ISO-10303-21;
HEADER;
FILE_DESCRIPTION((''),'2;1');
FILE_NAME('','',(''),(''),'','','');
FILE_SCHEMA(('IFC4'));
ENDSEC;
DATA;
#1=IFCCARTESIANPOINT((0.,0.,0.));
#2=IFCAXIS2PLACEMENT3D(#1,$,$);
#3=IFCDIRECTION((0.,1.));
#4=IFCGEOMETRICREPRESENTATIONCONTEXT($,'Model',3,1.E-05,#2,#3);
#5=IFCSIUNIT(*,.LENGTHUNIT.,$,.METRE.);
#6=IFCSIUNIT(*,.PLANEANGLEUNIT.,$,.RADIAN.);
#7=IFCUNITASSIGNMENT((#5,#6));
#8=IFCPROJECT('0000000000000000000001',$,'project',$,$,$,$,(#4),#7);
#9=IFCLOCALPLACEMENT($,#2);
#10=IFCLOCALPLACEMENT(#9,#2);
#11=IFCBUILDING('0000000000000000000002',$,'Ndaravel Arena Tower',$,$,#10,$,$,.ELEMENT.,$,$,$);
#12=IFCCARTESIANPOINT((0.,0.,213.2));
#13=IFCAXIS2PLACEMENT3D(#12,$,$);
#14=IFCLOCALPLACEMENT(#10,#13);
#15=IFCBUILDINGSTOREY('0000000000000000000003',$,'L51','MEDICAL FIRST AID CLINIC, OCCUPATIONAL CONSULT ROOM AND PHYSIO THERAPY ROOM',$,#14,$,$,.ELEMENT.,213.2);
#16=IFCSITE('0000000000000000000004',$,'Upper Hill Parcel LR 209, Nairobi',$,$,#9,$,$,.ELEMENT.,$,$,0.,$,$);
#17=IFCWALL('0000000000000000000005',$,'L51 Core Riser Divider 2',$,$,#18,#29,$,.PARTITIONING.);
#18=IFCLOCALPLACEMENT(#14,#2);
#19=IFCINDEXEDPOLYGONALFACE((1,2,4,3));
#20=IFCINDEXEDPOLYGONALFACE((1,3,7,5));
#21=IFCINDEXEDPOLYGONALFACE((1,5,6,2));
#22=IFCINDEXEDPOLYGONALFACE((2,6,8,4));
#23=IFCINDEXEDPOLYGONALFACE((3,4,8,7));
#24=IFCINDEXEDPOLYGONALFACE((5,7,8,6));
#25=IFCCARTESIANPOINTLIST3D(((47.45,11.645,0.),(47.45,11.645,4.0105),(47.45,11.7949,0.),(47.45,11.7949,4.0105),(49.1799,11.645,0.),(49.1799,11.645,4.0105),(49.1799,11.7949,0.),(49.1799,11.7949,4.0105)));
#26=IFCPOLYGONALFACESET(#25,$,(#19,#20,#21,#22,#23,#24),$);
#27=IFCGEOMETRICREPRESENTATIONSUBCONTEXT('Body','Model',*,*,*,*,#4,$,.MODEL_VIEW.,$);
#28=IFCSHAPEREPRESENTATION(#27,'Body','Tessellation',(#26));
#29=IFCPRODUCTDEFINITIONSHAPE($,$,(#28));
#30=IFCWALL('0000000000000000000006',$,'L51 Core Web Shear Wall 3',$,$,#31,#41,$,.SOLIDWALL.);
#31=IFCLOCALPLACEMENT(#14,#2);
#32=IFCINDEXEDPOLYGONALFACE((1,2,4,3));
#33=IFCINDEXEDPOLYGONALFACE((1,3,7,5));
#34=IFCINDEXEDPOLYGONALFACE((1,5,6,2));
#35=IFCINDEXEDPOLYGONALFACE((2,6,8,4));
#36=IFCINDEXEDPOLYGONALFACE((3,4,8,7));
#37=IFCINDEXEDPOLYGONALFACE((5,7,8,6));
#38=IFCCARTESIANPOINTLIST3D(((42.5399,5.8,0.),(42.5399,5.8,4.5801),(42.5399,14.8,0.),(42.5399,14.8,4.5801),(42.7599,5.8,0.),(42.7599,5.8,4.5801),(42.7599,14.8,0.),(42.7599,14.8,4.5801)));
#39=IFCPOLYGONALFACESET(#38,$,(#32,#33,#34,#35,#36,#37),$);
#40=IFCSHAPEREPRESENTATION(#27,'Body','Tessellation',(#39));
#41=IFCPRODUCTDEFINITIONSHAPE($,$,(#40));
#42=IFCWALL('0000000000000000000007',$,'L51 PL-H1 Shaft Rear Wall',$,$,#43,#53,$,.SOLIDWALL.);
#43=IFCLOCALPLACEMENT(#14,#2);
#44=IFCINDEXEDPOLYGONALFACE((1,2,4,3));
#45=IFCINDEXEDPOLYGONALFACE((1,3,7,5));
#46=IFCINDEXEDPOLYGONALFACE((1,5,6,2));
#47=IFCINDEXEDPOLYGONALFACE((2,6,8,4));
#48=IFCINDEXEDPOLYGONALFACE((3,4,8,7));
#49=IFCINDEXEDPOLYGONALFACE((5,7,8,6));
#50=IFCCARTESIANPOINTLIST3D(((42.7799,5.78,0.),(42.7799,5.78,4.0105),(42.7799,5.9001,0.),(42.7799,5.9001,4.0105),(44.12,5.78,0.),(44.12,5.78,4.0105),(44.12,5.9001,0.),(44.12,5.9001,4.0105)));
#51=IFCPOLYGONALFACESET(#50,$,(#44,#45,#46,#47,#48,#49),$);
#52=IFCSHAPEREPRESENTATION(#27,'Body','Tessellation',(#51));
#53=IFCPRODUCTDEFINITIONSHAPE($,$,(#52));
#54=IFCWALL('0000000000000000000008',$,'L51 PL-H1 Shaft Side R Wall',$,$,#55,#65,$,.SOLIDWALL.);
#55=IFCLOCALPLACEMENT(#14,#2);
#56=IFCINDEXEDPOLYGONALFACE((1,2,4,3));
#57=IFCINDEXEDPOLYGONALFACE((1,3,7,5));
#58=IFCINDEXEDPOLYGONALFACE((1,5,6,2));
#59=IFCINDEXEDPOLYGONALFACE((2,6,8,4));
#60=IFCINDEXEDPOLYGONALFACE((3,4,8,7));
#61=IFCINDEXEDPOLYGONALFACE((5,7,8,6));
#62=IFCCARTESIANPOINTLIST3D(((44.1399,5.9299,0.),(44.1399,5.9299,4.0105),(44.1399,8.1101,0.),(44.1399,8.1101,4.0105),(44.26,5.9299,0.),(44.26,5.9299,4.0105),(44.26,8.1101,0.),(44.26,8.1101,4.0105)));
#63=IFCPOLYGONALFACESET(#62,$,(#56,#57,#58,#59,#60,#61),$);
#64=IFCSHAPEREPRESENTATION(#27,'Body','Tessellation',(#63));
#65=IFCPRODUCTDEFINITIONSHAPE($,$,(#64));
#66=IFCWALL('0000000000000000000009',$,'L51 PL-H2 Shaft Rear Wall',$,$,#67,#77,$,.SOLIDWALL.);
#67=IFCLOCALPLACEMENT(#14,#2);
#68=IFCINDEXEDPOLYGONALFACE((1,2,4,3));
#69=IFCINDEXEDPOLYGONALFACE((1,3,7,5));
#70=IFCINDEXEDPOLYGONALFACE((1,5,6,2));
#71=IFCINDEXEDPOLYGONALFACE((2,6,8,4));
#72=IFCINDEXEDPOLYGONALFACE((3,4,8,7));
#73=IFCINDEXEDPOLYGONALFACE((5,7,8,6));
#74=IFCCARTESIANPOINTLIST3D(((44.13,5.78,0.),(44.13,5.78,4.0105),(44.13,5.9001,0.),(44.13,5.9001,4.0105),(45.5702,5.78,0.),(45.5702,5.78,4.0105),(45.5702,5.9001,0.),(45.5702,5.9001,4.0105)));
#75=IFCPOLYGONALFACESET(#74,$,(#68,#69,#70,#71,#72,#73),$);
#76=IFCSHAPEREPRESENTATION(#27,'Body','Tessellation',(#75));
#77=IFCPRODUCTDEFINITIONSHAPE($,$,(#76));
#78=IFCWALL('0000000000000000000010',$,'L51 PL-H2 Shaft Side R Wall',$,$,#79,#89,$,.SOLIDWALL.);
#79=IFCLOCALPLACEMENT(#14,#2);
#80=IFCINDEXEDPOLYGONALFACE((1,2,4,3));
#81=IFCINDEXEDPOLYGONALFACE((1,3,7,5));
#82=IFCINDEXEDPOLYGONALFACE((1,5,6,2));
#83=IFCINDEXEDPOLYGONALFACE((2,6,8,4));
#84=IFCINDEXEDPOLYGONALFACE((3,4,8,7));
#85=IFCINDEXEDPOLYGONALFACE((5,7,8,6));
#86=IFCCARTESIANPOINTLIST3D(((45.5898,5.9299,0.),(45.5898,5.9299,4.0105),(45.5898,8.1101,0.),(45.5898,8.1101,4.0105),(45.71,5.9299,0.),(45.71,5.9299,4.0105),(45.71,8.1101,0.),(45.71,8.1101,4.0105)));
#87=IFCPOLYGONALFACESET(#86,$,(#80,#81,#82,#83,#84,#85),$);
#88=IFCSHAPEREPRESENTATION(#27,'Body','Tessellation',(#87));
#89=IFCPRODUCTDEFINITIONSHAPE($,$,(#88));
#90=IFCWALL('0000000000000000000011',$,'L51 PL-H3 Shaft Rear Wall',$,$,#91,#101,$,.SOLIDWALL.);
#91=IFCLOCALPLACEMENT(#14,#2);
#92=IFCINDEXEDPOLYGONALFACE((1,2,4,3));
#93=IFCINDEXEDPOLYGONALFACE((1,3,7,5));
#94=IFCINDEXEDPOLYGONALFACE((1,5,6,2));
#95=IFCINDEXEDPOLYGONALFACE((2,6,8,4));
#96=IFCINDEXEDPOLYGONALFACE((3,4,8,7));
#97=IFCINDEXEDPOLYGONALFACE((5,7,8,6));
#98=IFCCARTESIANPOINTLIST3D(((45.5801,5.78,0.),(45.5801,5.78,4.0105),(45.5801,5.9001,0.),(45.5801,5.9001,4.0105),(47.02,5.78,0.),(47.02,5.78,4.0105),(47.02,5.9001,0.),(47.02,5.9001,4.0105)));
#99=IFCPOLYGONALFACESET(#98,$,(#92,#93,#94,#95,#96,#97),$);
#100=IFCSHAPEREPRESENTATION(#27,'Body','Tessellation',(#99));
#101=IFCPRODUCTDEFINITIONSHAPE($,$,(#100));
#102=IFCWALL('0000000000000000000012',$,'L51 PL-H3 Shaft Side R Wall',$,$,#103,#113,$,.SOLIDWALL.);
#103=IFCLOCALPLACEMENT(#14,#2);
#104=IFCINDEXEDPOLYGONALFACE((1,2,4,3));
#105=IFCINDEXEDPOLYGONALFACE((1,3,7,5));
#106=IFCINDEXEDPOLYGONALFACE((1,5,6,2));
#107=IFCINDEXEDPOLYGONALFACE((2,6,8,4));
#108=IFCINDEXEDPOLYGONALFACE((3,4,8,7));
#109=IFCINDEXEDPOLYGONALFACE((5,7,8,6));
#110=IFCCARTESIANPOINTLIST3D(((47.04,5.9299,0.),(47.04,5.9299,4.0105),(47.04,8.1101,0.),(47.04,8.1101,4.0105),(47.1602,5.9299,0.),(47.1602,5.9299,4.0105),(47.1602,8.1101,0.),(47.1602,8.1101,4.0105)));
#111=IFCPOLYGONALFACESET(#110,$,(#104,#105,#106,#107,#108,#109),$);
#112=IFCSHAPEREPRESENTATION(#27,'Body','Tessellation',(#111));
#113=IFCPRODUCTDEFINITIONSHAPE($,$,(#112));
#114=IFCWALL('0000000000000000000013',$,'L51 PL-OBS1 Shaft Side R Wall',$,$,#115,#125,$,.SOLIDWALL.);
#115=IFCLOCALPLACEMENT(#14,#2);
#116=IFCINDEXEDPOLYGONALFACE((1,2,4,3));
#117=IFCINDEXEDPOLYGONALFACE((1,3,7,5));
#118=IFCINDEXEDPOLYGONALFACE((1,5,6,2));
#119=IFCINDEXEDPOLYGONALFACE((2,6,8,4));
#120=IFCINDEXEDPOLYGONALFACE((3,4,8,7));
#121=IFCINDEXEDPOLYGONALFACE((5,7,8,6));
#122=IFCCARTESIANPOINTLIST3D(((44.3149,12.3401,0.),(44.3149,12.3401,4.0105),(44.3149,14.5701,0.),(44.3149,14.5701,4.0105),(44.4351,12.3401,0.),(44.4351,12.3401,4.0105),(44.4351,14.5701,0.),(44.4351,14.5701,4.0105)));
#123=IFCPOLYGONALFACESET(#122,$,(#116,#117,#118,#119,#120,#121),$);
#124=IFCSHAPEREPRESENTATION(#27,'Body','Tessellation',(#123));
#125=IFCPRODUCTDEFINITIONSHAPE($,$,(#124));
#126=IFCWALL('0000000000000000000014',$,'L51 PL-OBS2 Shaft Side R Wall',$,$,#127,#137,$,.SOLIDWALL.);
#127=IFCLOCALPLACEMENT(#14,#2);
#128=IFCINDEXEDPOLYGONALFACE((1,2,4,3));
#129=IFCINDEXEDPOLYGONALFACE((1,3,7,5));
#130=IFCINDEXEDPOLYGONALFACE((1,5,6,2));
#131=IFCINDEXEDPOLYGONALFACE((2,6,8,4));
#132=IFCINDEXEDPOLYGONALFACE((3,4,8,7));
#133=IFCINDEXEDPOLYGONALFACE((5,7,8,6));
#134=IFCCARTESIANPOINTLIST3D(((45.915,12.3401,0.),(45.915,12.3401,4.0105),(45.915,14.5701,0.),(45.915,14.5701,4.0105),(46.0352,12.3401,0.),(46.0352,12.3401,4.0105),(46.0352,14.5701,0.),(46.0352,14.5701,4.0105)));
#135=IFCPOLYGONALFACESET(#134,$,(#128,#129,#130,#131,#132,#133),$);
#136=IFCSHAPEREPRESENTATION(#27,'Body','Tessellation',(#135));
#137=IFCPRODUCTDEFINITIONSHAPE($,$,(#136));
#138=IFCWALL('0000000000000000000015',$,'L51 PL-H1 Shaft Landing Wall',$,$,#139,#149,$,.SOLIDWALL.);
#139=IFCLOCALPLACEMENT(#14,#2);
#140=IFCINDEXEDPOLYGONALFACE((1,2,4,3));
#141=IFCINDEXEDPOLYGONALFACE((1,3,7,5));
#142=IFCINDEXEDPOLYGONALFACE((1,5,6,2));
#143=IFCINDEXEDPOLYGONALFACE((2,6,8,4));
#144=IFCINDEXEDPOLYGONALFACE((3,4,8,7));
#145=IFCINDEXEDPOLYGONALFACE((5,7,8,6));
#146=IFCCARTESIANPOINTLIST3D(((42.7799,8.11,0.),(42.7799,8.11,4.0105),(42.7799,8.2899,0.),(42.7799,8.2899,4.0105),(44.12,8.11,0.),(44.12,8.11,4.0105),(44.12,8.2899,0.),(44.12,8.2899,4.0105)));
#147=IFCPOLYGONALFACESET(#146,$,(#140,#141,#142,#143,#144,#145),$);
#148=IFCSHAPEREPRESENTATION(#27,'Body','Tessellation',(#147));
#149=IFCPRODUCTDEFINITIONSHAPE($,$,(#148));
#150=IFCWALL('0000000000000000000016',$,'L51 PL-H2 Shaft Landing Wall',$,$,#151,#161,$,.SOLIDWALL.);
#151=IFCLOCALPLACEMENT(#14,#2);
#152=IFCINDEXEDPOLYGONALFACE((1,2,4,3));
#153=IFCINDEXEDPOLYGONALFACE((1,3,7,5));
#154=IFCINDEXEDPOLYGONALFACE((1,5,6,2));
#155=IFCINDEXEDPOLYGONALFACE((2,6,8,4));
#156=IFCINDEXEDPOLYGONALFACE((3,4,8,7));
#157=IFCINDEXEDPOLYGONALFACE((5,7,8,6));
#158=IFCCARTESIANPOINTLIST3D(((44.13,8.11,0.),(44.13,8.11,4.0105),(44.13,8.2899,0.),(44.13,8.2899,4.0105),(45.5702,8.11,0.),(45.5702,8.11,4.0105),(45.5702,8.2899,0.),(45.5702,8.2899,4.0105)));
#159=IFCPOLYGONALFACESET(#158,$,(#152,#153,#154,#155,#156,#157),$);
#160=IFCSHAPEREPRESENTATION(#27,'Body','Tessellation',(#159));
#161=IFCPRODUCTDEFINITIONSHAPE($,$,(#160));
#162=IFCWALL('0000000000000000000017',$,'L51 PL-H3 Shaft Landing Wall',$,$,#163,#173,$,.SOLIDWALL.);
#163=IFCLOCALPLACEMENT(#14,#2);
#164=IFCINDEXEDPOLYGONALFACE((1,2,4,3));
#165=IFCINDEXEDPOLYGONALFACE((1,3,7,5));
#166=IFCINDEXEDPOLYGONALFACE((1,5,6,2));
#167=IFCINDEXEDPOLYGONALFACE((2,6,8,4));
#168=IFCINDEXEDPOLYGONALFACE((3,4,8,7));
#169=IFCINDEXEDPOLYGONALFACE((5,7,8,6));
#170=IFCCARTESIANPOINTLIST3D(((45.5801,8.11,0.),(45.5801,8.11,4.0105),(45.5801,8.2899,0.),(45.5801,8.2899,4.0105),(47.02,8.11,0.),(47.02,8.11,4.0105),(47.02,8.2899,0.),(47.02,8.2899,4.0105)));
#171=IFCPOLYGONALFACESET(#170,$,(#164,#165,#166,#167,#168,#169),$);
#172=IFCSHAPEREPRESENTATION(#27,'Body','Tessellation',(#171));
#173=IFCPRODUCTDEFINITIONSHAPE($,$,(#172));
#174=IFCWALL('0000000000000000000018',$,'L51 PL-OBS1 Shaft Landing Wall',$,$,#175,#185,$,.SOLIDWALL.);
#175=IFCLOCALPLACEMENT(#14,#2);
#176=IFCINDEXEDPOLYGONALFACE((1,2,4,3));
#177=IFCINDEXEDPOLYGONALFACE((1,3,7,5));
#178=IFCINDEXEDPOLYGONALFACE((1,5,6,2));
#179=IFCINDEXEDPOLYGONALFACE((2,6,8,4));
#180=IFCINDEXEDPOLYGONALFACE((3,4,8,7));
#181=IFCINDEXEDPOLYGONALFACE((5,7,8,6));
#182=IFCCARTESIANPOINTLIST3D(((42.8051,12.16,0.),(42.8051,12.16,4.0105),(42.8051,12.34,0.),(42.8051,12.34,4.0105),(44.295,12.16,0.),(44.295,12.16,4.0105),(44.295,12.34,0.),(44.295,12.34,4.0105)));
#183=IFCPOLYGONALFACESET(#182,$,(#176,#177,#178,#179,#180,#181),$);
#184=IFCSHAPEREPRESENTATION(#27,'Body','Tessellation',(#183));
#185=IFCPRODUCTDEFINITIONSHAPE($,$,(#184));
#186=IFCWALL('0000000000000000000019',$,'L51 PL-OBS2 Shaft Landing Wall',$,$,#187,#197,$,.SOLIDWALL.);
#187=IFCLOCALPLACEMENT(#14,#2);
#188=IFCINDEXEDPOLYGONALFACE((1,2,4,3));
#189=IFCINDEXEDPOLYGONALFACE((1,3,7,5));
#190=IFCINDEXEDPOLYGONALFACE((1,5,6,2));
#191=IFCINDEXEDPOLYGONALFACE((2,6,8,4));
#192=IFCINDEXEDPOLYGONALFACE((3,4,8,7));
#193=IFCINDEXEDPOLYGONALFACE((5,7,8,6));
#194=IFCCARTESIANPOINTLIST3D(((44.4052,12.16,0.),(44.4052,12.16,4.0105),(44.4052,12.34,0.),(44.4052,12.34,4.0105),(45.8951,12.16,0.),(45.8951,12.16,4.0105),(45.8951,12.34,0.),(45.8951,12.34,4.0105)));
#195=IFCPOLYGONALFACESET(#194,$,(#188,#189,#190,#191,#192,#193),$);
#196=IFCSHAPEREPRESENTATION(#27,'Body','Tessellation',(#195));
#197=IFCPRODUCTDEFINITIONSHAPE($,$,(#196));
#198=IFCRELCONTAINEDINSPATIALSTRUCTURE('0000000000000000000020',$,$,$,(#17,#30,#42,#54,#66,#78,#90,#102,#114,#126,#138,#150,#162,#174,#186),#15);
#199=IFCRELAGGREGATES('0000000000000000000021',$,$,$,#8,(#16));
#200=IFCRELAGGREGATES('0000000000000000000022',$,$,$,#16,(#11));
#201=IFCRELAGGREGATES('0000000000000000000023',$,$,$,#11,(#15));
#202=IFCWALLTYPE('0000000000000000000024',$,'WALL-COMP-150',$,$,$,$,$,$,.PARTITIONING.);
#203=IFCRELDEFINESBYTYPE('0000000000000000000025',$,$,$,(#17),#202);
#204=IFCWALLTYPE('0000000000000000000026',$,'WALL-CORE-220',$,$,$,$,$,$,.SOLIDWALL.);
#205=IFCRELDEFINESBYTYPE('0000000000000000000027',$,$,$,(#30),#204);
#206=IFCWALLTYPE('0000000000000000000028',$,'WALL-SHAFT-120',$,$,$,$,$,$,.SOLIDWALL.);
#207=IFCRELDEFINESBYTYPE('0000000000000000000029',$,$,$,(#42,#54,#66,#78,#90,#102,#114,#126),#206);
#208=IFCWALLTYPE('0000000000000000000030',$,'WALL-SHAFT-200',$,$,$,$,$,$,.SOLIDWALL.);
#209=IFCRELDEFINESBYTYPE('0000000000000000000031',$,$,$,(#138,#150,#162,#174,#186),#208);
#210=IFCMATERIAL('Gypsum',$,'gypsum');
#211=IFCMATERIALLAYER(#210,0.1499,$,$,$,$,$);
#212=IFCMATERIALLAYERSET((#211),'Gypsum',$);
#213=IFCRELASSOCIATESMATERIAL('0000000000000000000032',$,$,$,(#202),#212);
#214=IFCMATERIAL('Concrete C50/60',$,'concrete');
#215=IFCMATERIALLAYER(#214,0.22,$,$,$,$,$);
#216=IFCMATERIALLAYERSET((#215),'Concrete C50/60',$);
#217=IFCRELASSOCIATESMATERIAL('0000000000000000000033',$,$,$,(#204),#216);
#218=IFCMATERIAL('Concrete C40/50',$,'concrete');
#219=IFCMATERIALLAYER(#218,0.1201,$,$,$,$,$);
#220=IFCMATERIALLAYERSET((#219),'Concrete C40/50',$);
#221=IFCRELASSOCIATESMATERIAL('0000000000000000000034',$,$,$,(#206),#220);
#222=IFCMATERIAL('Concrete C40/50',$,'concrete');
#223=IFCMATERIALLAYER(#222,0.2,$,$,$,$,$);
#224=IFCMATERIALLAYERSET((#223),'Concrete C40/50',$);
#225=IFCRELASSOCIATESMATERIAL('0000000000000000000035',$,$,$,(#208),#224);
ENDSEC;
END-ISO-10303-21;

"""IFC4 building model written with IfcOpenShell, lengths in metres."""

from ifc_helpers import new_model, si_unit, direction, frame, frame_2d, origin, place, context, subcontext, project, spatial, rectangle, extrude, material, layer, layer_set, type_object, element, save


model = new_model("IFC4")

# Units and contexts
model_context = context("Model", 3, precision=1e-05, world=origin(), true_north=direction((0.0, 1.0)))
body_context = subcontext(model_context, "Body", "Model", "MODEL_VIEW")
ifc_project = project(units=[si_unit("LENGTHUNIT", "METRE"), si_unit("PLANEANGLEUNIT", "RADIAN")], contexts=[model_context])

# Site, building, storey
site_placement = place(None, origin())
site = spatial("IfcSite", under=ifc_project, at=site_placement, Name="Upper Hill Parcel LR 209, Nairobi", CompositionType="ELEMENT", RefElevation=0.0)
building_placement = place(site_placement, origin())
building = spatial("IfcBuilding", under=site, at=building_placement, Name="Ndaravel Arena Tower", CompositionType="ELEMENT")
storey_placement = place(building_placement, frame((0.0, 0.0, 213.2)))
storey = spatial("IfcBuildingStorey", under=building, at=storey_placement, Name="L51", Description="MEDICAL FIRST AID CLINIC, OCCUPATIONAL CONSULT ROOM AND PHYSIO THERAPY ROOM", CompositionType="ELEMENT", Elevation=213.2)

# Shared definitions
ifc_material_1 = material(Name="Gypsum", Category="gypsum")
ifc_layer_1 = layer(ifc_material_1, 0.1499)
ifc_layer_set_1 = layer_set([ifc_layer_1], Name="Gypsum")
wall_type_1 = type_object("IfcWallType", Name="WALL-COMP-150", PredefinedType="PARTITIONING", material=ifc_layer_set_1)

# Walls
wall_1_placement = place(storey_placement, frame((47.45, 11.72, 0.0), z_axis=(0.0, 0.0, 1.0), x_axis=(1.0, 0.0, 0.0)))
element("IfcWall", 1, at=wall_1_placement, inside=storey, type_object=wall_type_1, Name="L51 Core Riser Divider 2", PredefinedType="PARTITIONING", context=body_context, shape_type="SweptSolid", body=[
    extrude(rectangle(XDim=1.73, YDim=0.1499, at=frame_2d((0.865, 0.0))), origin(), (0.0, 0.0, 1.0), 4.0105),
])
ifc_material_2 = material(Name="Concrete C50/60", Category="concrete")
ifc_layer_2 = layer(ifc_material_2, 0.22)
ifc_layer_set_2 = layer_set([ifc_layer_2], Name="Concrete C50/60")
wall_type_2 = type_object("IfcWallType", Name="WALL-CORE-220", PredefinedType="SOLIDWALL", material=ifc_layer_set_2)
wall_2_placement = place(storey_placement, frame((42.6499, 5.8, 0.0), z_axis=(0.0, 0.0, 1.0), x_axis=(0.0, 1.0, 0.0)))
element("IfcWall", 2, at=wall_2_placement, inside=storey, type_object=wall_type_2, Name="L51 Core Web Shear Wall 3", PredefinedType="SOLIDWALL", context=body_context, shape_type="SweptSolid", body=[
    extrude(rectangle(XDim=9.0, YDim=0.22, at=frame_2d((4.5, 0.0))), origin(), (0.0, 0.0, 1.0), 4.5801),
])
ifc_material_3 = material(Name="Concrete C40/50", Category="concrete")
ifc_layer_3 = layer(ifc_material_3, 0.1201)
ifc_layer_set_3 = layer_set([ifc_layer_3], Name="Concrete C40/50")
wall_type_3 = type_object("IfcWallType", Name="WALL-SHAFT-120", PredefinedType="SOLIDWALL", material=ifc_layer_set_3)
wall_3_placement = place(storey_placement, frame((42.78, 5.8401, 0.0), z_axis=(0.0, 0.0, 1.0), x_axis=(1.0, 0.0, 0.0)))
element("IfcWall", 3, at=wall_3_placement, inside=storey, type_object=wall_type_3, Name="L51 PL-H1 Shaft Rear Wall", PredefinedType="SOLIDWALL", context=body_context, shape_type="SweptSolid", body=[
    extrude(rectangle(XDim=1.3401, YDim=0.1201, at=frame_2d((0.6699, 0.0))), origin(), (0.0, 0.0, 1.0), 4.0105),
])
wall_4_placement = place(storey_placement, frame((44.2, 5.9299, 0.0), z_axis=(0.0, 0.0, 1.0), x_axis=(0.0, 1.0, 0.0)))
element("IfcWall", 4, at=wall_4_placement, inside=storey, type_object=wall_type_3, Name="L51 PL-H1 Shaft Side R Wall", PredefinedType="SOLIDWALL", context=body_context, shape_type="SweptSolid", body=[
    extrude(rectangle(XDim=2.1802, YDim=0.1201, at=frame_2d((1.0901, 0.0))), origin(), (0.0, 0.0, 1.0), 4.0105),
])
wall_5_placement = place(storey_placement, frame((44.1299, 5.8401, 0.0), z_axis=(0.0, 0.0, 1.0), x_axis=(1.0, 0.0, 0.0)))
element("IfcWall", 5, at=wall_5_placement, inside=storey, type_object=wall_type_3, Name="L51 PL-H2 Shaft Rear Wall", PredefinedType="SOLIDWALL", context=body_context, shape_type="SweptSolid", body=[
    extrude(rectangle(XDim=1.4402, YDim=0.1201, at=frame_2d((0.7202, 0.0))), origin(), (0.0, 0.0, 1.0), 4.0105),
])
wall_6_placement = place(storey_placement, frame((45.6499, 5.9299, 0.0), z_axis=(0.0, 0.0, 1.0), x_axis=(0.0, 1.0, 0.0)))
element("IfcWall", 6, at=wall_6_placement, inside=storey, type_object=wall_type_3, Name="L51 PL-H2 Shaft Side R Wall", PredefinedType="SOLIDWALL", context=body_context, shape_type="SweptSolid", body=[
    extrude(rectangle(XDim=2.1802, YDim=0.1201, at=frame_2d((1.0901, 0.0))), origin(), (0.0, 0.0, 1.0), 4.0105),
])
wall_7_placement = place(storey_placement, frame((45.5801, 5.8401, 0.0), z_axis=(0.0, 0.0, 1.0), x_axis=(1.0, 0.0, 0.0)))
element("IfcWall", 7, at=wall_7_placement, inside=storey, type_object=wall_type_3, Name="L51 PL-H3 Shaft Rear Wall", PredefinedType="SOLIDWALL", context=body_context, shape_type="SweptSolid", body=[
    extrude(rectangle(XDim=1.4399, YDim=0.1201, at=frame_2d((0.72, 0.0))), origin(), (0.0, 0.0, 1.0), 4.0105),
])
wall_8_placement = place(storey_placement, frame((47.1001, 5.9299, 0.0), z_axis=(0.0, 0.0, 1.0), x_axis=(0.0, 1.0, 0.0)))
element("IfcWall", 8, at=wall_8_placement, inside=storey, type_object=wall_type_3, Name="L51 PL-H3 Shaft Side R Wall", PredefinedType="SOLIDWALL", context=body_context, shape_type="SweptSolid", body=[
    extrude(rectangle(XDim=2.1802, YDim=0.1201, at=frame_2d((1.0901, 0.0))), origin(), (0.0, 0.0, 1.0), 4.0105),
])
for number, where, z_axis, x_axis, name in (
    (9, (44.375, 12.3401, 0.0), (0.0, 0.0, 1.0), (0.0, 1.0, 0.0), "L51 PL-OBS1 Shaft Side R Wall"),
    (10, (45.9751, 12.3401, 0.0), (0.0, 0.0, 1.0), (0.0, 1.0, 0.0), "L51 PL-OBS2 Shaft Side R Wall"),
):
    element("IfcWall", number, at=place(storey_placement, frame(where, z_axis=z_axis, x_axis=x_axis)), inside=storey, type_object=wall_type_3, Name=name, PredefinedType="SOLIDWALL", context=body_context, shape_type="SweptSolid", body=[
        extrude(rectangle(XDim=2.23, YDim=0.1201, at=frame_2d((1.115, 0.0))), origin(), (0.0, 0.0, 1.0), 4.0105),
    ])
ifc_material_4 = material(Name="Concrete C40/50", Category="concrete")
ifc_layer_4 = layer(ifc_material_4, 0.2)
ifc_layer_set_4 = layer_set([ifc_layer_4], Name="Concrete C40/50")
wall_type_4 = type_object("IfcWallType", Name="WALL-SHAFT-200", PredefinedType="SOLIDWALL", material=ifc_layer_set_4)
wall_9_placement = place(storey_placement, frame((42.78, 8.2, 0.0), z_axis=(0.0, 0.0, 1.0), x_axis=(1.0, 0.0, 0.0)))
element("IfcWall", 11, at=wall_9_placement, inside=storey, type_object=wall_type_4, Name="L51 PL-H1 Shaft Landing Wall", PredefinedType="SOLIDWALL", context=body_context, shape_type="SweptSolid", body=[
    extrude(rectangle(XDim=1.3401, YDim=0.1799, at=frame_2d((0.6699, 0.0))), origin(), (0.0, 0.0, 1.0), 4.0105),
])
wall_10_placement = place(storey_placement, frame((44.1299, 8.2, 0.0), z_axis=(0.0, 0.0, 1.0), x_axis=(1.0, 0.0, 0.0)))
element("IfcWall", 12, at=wall_10_placement, inside=storey, type_object=wall_type_4, Name="L51 PL-H2 Shaft Landing Wall", PredefinedType="SOLIDWALL", context=body_context, shape_type="SweptSolid", body=[
    extrude(rectangle(XDim=1.4402, YDim=0.1799, at=frame_2d((0.7202, 0.0))), origin(), (0.0, 0.0, 1.0), 4.0105),
])
wall_11_placement = place(storey_placement, frame((45.5801, 8.2, 0.0), z_axis=(0.0, 0.0, 1.0), x_axis=(1.0, 0.0, 0.0)))
element("IfcWall", 13, at=wall_11_placement, inside=storey, type_object=wall_type_4, Name="L51 PL-H3 Shaft Landing Wall", PredefinedType="SOLIDWALL", context=body_context, shape_type="SweptSolid", body=[
    extrude(rectangle(XDim=1.4399, YDim=0.1799, at=frame_2d((0.72, 0.0))), origin(), (0.0, 0.0, 1.0), 4.0105),
])
for number, where, z_axis, x_axis, name in (
    (14, (42.8049, 12.25, 0.0), (0.0, 0.0, 1.0), (1.0, 0.0, 0.0), "L51 PL-OBS1 Shaft Landing Wall"),
    (15, (44.405, 12.25, 0.0), (0.0, 0.0, 1.0), (1.0, 0.0, 0.0), "L51 PL-OBS2 Shaft Landing Wall"),
):
    element("IfcWall", number, at=place(storey_placement, frame(where, z_axis=z_axis, x_axis=x_axis)), inside=storey, type_object=wall_type_4, Name=name, PredefinedType="SOLIDWALL", context=body_context, shape_type="SweptSolid", body=[
        extrude(rectangle(XDim=1.49, YDim=0.1799, at=frame_2d((0.7451, 0.0))), origin(), (0.0, 0.0, 1.0), 4.0105),
    ])

save(model, "model.ifc")
